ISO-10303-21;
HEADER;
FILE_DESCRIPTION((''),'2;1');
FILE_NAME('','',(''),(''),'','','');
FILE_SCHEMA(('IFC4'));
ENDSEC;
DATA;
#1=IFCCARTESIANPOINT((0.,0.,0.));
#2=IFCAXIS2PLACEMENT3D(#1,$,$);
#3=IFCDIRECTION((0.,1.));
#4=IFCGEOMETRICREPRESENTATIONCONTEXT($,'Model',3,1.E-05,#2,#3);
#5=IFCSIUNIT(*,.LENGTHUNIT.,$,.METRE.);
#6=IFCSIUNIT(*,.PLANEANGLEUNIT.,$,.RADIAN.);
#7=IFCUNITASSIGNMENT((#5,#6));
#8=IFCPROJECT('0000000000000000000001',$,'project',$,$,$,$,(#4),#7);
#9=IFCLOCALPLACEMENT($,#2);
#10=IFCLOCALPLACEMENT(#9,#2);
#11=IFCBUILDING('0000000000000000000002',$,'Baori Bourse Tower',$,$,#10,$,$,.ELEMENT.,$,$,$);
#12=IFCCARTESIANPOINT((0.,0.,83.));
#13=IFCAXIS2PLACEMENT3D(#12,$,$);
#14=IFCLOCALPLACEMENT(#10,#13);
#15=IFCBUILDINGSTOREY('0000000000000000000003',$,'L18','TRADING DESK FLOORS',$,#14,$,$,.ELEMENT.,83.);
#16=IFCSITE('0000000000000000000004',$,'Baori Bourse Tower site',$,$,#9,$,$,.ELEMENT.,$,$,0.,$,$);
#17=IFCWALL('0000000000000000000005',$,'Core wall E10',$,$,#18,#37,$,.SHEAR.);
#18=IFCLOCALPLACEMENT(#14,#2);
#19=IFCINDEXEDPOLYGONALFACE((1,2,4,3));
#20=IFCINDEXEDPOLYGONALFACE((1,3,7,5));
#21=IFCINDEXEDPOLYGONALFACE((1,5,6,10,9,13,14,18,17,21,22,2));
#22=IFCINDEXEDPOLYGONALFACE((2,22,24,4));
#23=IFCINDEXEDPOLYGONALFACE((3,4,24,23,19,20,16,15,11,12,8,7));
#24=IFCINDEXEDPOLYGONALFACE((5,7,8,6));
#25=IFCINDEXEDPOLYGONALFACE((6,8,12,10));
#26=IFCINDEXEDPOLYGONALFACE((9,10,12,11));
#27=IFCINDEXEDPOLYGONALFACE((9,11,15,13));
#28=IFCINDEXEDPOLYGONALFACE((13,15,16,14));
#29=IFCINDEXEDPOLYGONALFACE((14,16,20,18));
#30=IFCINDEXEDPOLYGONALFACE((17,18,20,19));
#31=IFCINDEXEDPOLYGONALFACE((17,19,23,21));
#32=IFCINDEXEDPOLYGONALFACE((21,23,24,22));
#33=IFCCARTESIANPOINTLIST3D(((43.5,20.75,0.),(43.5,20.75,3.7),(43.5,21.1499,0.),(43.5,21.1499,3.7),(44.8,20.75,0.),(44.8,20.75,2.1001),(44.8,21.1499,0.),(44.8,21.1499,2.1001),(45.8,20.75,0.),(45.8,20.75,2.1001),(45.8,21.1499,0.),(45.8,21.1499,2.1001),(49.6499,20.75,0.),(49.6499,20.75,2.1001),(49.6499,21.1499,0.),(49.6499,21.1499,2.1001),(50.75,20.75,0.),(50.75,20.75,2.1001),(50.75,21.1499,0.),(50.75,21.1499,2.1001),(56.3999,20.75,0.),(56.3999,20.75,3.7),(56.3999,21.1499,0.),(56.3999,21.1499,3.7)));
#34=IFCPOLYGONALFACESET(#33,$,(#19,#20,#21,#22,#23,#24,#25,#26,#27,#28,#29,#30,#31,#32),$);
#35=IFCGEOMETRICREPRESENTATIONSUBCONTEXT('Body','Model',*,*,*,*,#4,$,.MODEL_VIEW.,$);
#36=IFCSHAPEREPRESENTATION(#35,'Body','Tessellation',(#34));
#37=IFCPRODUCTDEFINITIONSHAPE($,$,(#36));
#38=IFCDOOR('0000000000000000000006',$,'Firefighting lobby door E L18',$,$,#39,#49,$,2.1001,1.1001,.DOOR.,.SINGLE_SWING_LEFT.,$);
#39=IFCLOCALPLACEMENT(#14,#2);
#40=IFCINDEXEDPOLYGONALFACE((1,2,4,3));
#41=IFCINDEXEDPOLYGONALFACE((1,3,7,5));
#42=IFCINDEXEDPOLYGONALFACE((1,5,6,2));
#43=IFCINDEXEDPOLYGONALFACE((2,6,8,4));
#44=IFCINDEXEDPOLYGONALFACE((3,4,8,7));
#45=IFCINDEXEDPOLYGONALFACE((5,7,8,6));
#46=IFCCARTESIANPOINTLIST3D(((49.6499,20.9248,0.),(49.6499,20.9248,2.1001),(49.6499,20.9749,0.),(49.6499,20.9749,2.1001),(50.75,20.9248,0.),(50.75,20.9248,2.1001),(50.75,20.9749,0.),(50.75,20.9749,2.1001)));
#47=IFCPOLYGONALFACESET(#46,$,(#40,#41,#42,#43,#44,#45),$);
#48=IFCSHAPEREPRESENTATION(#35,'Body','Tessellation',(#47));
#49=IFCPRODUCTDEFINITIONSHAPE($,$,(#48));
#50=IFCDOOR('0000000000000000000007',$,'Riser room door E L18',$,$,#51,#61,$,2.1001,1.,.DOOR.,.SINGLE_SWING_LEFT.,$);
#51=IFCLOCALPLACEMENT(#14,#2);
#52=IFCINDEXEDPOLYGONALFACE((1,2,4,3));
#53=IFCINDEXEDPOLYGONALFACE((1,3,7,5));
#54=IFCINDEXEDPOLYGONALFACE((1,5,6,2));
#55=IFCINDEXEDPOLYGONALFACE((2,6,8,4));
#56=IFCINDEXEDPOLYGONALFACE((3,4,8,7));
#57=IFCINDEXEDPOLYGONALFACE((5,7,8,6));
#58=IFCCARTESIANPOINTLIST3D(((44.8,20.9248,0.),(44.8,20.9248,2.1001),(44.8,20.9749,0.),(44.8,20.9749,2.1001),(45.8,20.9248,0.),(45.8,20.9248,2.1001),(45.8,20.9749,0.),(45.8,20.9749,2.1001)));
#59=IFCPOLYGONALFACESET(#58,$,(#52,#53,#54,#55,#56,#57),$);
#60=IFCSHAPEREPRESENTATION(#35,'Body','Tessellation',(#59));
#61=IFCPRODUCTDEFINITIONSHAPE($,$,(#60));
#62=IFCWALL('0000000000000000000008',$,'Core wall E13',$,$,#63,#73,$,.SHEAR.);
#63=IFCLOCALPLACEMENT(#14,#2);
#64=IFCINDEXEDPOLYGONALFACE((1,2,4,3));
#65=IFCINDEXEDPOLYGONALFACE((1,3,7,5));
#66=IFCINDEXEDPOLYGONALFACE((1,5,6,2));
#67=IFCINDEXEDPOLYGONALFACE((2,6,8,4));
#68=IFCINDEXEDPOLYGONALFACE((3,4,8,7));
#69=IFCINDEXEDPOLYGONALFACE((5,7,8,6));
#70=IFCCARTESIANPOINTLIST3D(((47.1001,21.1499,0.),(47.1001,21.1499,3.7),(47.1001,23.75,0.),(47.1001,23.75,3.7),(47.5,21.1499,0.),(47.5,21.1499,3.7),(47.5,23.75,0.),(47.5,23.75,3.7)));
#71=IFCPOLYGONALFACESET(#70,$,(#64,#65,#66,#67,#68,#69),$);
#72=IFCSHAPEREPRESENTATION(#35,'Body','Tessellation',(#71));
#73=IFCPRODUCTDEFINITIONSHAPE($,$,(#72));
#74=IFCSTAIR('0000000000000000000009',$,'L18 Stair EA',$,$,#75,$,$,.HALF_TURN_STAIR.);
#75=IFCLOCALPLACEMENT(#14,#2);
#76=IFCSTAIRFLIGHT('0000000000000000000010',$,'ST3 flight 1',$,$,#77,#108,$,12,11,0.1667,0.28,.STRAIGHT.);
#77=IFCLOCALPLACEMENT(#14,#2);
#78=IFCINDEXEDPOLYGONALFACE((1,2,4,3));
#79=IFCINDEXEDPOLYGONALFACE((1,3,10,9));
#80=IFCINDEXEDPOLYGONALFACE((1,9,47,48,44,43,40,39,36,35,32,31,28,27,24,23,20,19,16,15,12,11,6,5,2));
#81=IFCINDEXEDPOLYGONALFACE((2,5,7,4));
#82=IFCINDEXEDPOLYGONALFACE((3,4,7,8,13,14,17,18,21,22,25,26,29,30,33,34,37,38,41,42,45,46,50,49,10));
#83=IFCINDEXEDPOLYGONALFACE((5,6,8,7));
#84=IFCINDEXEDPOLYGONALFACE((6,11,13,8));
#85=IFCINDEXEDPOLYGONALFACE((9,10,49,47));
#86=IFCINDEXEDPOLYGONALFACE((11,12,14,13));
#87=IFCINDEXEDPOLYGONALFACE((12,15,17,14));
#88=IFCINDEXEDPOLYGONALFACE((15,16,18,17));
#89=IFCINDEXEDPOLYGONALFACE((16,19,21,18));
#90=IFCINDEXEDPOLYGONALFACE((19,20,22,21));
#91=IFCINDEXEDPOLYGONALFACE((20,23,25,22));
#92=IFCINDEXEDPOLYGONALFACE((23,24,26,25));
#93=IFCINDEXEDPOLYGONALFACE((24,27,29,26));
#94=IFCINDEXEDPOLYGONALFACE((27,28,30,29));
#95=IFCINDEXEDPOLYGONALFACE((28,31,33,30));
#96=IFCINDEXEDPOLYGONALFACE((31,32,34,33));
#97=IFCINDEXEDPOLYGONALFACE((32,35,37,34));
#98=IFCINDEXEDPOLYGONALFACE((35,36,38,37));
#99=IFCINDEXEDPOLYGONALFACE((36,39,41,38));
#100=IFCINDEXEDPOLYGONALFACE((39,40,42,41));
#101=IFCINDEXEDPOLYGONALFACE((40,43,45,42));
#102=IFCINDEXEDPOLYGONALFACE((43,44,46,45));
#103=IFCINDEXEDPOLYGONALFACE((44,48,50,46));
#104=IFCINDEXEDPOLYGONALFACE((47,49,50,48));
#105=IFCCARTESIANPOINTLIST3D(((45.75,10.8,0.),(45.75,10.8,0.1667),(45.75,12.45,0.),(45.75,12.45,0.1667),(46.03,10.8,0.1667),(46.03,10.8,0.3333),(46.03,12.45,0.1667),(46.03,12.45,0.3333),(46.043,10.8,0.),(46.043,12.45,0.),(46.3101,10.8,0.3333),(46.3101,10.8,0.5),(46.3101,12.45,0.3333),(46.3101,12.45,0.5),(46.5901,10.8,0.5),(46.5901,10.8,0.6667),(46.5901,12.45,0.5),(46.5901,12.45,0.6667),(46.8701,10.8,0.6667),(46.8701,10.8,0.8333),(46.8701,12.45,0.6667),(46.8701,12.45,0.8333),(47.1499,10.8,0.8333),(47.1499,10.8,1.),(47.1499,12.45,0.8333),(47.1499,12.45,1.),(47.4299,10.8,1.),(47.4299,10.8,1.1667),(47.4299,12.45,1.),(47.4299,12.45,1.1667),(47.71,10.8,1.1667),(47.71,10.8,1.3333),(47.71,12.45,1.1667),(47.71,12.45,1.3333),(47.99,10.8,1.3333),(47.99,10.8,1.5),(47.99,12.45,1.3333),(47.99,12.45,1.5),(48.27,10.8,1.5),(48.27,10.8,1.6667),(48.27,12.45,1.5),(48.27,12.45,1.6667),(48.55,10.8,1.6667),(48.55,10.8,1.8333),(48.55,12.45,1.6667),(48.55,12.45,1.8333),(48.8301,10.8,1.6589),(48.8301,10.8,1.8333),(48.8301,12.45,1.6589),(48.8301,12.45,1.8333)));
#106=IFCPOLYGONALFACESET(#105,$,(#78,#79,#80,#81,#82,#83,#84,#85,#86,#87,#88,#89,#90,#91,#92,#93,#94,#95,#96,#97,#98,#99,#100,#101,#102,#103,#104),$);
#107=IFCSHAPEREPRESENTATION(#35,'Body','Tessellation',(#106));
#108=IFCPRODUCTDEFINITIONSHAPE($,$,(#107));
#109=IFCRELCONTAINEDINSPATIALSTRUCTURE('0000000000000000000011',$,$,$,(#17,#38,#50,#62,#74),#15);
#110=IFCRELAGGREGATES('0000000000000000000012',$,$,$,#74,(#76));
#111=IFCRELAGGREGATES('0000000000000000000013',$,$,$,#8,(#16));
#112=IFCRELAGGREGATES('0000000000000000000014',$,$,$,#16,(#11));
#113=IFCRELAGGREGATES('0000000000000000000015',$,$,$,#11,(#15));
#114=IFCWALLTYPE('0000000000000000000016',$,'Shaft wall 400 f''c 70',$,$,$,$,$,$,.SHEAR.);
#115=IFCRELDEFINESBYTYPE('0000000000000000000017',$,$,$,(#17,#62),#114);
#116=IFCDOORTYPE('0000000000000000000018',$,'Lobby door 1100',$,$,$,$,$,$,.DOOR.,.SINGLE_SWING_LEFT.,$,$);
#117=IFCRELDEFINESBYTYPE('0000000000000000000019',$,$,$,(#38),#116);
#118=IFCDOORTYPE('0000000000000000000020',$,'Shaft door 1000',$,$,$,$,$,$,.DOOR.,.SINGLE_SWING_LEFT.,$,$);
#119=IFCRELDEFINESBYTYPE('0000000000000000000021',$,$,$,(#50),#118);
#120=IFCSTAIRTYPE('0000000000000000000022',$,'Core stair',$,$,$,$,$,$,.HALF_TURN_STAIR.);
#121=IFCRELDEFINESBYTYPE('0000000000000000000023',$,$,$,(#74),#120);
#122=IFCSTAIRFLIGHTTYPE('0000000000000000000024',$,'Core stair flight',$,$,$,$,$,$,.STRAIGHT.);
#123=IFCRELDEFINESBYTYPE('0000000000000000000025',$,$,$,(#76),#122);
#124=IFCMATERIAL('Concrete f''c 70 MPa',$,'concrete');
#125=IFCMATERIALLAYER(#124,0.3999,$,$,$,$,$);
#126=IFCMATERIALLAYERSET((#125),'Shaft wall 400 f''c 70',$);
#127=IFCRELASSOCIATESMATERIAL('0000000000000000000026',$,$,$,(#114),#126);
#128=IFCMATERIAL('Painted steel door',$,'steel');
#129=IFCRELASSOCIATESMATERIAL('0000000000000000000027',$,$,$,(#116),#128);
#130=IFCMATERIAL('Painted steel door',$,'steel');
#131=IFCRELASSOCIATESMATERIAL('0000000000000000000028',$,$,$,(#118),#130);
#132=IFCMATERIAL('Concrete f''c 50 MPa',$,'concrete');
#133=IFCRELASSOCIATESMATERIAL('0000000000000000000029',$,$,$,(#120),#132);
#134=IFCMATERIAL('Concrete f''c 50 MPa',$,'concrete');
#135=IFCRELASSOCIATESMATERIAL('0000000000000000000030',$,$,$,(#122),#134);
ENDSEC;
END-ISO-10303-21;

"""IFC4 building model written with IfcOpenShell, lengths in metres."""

from ifc_helpers import new_model, si_unit, direction, frame, frame_2d, origin, place, context, subcontext, project, spatial, polyline, rectangle, outline, extrude, material, layer, layer_set, type_object, element, fill, aggregate, save


model = new_model("IFC4")

# Units and contexts
model_context = context("Model", 3, precision=1e-05, world=origin(), true_north=direction((0.0, 1.0)))
body_context = subcontext(model_context, "Body", "Model", "MODEL_VIEW")
ifc_project = project(units=[si_unit("LENGTHUNIT", "METRE"), si_unit("PLANEANGLEUNIT", "RADIAN")], contexts=[model_context])

# Site, building, storey
site_placement = place(None, origin())
site = spatial("IfcSite", under=ifc_project, at=site_placement, Name="Baori Bourse Tower site", CompositionType="ELEMENT", RefElevation=0.0)
building_placement = place(site_placement, origin())
building = spatial("IfcBuilding", under=site, at=building_placement, Name="Baori Bourse Tower", CompositionType="ELEMENT")
storey_placement = place(building_placement, frame((0.0, 0.0, 83.0)))
storey = spatial("IfcBuildingStorey", under=building, at=storey_placement, Name="L18", Description="TRADING DESK FLOORS", CompositionType="ELEMENT", Elevation=83.0)

# Shared definitions
ifc_material_1 = material(Name="Concrete f'c 70 MPa", Category="concrete")
ifc_layer_1 = layer(ifc_material_1, 0.3999)
ifc_layer_set_1 = layer_set([ifc_layer_1], Name="Shaft wall 400 f'c 70")
wall_type_1 = type_object("IfcWallType", Name="Shaft wall 400 f'c 70", PredefinedType="SHEAR", material=ifc_layer_set_1)

# Wall, openings, doors
wall_1_placement = place(storey_placement, frame((43.5, 20.95, 0.0), z_axis=(0.0, 0.0, 1.0), x_axis=(1.0, 0.0, 0.0)))
wall_1 = element("IfcWall", 1, at=wall_1_placement, inside=storey, type_object=wall_type_1, Name="Core wall E10", PredefinedType="SHEAR", context=body_context, shape_type="SweptSolid", body=[
    extrude(rectangle(XDim=12.8999, YDim=0.3999, at=frame_2d((6.45, 0.0))), origin(), (0.0, 0.0, 1.0), 3.7),
])
opening_1_placement = place(wall_1_placement, frame((6.1499, 0.0, 0.0)))
opening_1 = element("IfcOpeningElement", 2, at=opening_1_placement, cuts=wall_1, PredefinedType="OPENING", context=body_context, shape_type="SweptSolid", body=[
    extrude(rectangle(XDim=1.1001, YDim=2.1001, at=frame_2d((0.55, 1.05))), frame((0.0, 0.21, 0.0), z_axis=(0.0, -1.0, 0.0), x_axis=(1.0, 0.0, 0.0)), (0.0, 0.0, 1.0), 0.4199),
])
opening_2_placement = place(wall_1_placement, frame((1.3, 0.0, 0.0)))
opening_2 = element("IfcOpeningElement", 3, at=opening_2_placement, cuts=wall_1, PredefinedType="OPENING", context=body_context, shape_type="SweptSolid", body=[
    extrude(rectangle(XDim=1.0, YDim=2.1001, at=frame_2d((0.5, 1.05))), frame((0.0, 0.21, 0.0), z_axis=(0.0, -1.0, 0.0), x_axis=(1.0, 0.0, 0.0)), (0.0, 0.0, 1.0), 0.4199),
])
ifc_material_2 = material(Name="Painted steel door", Category="steel")
door_type_1 = type_object("IfcDoorType", Name="Lobby door 1100", OperationType="SINGLE_SWING_LEFT", PredefinedType="DOOR", material=ifc_material_2)
door_1_placement = place(opening_1_placement, origin())
door_1 = element("IfcDoor", 4, at=door_1_placement, inside=storey, type_object=door_type_1, Name="Firefighting lobby door E L18", OperationType="SINGLE_SWING_LEFT", OverallHeight=2.1001, OverallWidth=1.1001, PredefinedType="DOOR", context=body_context, shape_type="SweptSolid", body=[
    extrude(rectangle(XDim=1.1001, YDim=2.1001, at=frame_2d((0.55, 1.05))), frame((0.0, 0.0249, 0.0), z_axis=(0.0, -1.0, 0.0), x_axis=(1.0, 0.0, 0.0)), (0.0, 0.0, 1.0), 0.05),
])
fill(opening_1, door_1)
ifc_material_3 = material(Name="Painted steel door", Category="steel")
door_type_2 = type_object("IfcDoorType", Name="Shaft door 1000", OperationType="SINGLE_SWING_LEFT", PredefinedType="DOOR", material=ifc_material_3)
door_2_placement = place(opening_2_placement, origin())
door_2 = element("IfcDoor", 5, at=door_2_placement, inside=storey, type_object=door_type_2, Name="Riser room door E L18", OperationType="SINGLE_SWING_LEFT", OverallHeight=2.1001, OverallWidth=1.0, PredefinedType="DOOR", context=body_context, shape_type="SweptSolid", body=[
    extrude(rectangle(XDim=1.0, YDim=2.1001, at=frame_2d((0.5, 1.05))), frame((0.0, 0.0249, 0.0), z_axis=(0.0, -1.0, 0.0), x_axis=(1.0, 0.0, 0.0)), (0.0, 0.0, 1.0), 0.05),
])
fill(opening_2, door_2)

# Wall
wall_2_placement = place(storey_placement, frame((47.3, 21.1499, 0.0), z_axis=(0.0, 0.0, 1.0), x_axis=(0.0, 1.0, 0.0)))
element("IfcWall", 6, at=wall_2_placement, inside=storey, type_object=wall_type_1, Name="Core wall E13", PredefinedType="SHEAR", context=body_context, shape_type="SweptSolid", body=[
    extrude(rectangle(XDim=2.6001, YDim=0.3999, at=frame_2d((1.3, 0.0))), origin(), (0.0, 0.0, 1.0), 3.7),
])

# Stair, stair flight
ifc_material_4 = material(Name="Concrete f'c 50 MPa", Category="concrete")
stair_type = type_object("IfcStairType", Name="Core stair", PredefinedType="HALF_TURN_STAIR", material=ifc_material_4)
stair_placement = place(storey_placement, origin())
stair = element("IfcStair", 7, at=stair_placement, inside=storey, type_object=stair_type, Name="L18 Stair EA", PredefinedType="HALF_TURN_STAIR")
ifc_material_5 = material(Name="Concrete f'c 50 MPa", Category="concrete")
stair_flight_type = type_object("IfcStairFlightType", Name="Core stair flight", PredefinedType="STRAIGHT", material=ifc_material_5)
stair_flight_placement = place(storey_placement, frame((45.75, 11.625, 0.0), z_axis=(0.0, 0.0, 1.0), x_axis=(1.0, 0.0, 0.0)))
stair_flight = element("IfcStairFlight", 8, at=stair_flight_placement, type_object=stair_flight_type, Name="ST3 flight 1", NumberOfRisers=12, NumberOfTreads=11, PredefinedType="STRAIGHT", RiserHeight=0.1667, TreadLength=0.28, context=body_context, shape_type="SweptSolid", body=[
    extrude(outline(polyline([(0.0, 0.0), (0.0, 0.1667), (0.28, 0.1667), (0.28, 0.3333), (0.5601, 0.3333), (0.5601, 0.5), (0.8401, 0.5), (0.8401, 0.6667), (1.1201, 0.6667), (1.1201, 0.8333), (1.3999, 0.8333), (1.3999, 1.0), (1.6799, 1.0), (1.6799, 1.1667), (1.96, 1.1667), (1.96, 1.3333), (2.24, 1.3333), (2.24, 1.5), (2.52, 1.5), (2.52, 1.6667), (2.8, 1.6667), (2.8, 1.8333), (3.0801, 1.8333), (3.0801, 2.0), (3.0801, 1.6589), (0.293, 0.0), (0.0, 0.0)])), frame((0.0, 0.825, 0.0), z_axis=(0.0, -1.0, 0.0), x_axis=(1.0, 0.0, 0.0)), (0.0, 0.0, 1.0), 1.6499),
])
aggregate(stair, [stair_flight])

save(model, "model.ifc")
